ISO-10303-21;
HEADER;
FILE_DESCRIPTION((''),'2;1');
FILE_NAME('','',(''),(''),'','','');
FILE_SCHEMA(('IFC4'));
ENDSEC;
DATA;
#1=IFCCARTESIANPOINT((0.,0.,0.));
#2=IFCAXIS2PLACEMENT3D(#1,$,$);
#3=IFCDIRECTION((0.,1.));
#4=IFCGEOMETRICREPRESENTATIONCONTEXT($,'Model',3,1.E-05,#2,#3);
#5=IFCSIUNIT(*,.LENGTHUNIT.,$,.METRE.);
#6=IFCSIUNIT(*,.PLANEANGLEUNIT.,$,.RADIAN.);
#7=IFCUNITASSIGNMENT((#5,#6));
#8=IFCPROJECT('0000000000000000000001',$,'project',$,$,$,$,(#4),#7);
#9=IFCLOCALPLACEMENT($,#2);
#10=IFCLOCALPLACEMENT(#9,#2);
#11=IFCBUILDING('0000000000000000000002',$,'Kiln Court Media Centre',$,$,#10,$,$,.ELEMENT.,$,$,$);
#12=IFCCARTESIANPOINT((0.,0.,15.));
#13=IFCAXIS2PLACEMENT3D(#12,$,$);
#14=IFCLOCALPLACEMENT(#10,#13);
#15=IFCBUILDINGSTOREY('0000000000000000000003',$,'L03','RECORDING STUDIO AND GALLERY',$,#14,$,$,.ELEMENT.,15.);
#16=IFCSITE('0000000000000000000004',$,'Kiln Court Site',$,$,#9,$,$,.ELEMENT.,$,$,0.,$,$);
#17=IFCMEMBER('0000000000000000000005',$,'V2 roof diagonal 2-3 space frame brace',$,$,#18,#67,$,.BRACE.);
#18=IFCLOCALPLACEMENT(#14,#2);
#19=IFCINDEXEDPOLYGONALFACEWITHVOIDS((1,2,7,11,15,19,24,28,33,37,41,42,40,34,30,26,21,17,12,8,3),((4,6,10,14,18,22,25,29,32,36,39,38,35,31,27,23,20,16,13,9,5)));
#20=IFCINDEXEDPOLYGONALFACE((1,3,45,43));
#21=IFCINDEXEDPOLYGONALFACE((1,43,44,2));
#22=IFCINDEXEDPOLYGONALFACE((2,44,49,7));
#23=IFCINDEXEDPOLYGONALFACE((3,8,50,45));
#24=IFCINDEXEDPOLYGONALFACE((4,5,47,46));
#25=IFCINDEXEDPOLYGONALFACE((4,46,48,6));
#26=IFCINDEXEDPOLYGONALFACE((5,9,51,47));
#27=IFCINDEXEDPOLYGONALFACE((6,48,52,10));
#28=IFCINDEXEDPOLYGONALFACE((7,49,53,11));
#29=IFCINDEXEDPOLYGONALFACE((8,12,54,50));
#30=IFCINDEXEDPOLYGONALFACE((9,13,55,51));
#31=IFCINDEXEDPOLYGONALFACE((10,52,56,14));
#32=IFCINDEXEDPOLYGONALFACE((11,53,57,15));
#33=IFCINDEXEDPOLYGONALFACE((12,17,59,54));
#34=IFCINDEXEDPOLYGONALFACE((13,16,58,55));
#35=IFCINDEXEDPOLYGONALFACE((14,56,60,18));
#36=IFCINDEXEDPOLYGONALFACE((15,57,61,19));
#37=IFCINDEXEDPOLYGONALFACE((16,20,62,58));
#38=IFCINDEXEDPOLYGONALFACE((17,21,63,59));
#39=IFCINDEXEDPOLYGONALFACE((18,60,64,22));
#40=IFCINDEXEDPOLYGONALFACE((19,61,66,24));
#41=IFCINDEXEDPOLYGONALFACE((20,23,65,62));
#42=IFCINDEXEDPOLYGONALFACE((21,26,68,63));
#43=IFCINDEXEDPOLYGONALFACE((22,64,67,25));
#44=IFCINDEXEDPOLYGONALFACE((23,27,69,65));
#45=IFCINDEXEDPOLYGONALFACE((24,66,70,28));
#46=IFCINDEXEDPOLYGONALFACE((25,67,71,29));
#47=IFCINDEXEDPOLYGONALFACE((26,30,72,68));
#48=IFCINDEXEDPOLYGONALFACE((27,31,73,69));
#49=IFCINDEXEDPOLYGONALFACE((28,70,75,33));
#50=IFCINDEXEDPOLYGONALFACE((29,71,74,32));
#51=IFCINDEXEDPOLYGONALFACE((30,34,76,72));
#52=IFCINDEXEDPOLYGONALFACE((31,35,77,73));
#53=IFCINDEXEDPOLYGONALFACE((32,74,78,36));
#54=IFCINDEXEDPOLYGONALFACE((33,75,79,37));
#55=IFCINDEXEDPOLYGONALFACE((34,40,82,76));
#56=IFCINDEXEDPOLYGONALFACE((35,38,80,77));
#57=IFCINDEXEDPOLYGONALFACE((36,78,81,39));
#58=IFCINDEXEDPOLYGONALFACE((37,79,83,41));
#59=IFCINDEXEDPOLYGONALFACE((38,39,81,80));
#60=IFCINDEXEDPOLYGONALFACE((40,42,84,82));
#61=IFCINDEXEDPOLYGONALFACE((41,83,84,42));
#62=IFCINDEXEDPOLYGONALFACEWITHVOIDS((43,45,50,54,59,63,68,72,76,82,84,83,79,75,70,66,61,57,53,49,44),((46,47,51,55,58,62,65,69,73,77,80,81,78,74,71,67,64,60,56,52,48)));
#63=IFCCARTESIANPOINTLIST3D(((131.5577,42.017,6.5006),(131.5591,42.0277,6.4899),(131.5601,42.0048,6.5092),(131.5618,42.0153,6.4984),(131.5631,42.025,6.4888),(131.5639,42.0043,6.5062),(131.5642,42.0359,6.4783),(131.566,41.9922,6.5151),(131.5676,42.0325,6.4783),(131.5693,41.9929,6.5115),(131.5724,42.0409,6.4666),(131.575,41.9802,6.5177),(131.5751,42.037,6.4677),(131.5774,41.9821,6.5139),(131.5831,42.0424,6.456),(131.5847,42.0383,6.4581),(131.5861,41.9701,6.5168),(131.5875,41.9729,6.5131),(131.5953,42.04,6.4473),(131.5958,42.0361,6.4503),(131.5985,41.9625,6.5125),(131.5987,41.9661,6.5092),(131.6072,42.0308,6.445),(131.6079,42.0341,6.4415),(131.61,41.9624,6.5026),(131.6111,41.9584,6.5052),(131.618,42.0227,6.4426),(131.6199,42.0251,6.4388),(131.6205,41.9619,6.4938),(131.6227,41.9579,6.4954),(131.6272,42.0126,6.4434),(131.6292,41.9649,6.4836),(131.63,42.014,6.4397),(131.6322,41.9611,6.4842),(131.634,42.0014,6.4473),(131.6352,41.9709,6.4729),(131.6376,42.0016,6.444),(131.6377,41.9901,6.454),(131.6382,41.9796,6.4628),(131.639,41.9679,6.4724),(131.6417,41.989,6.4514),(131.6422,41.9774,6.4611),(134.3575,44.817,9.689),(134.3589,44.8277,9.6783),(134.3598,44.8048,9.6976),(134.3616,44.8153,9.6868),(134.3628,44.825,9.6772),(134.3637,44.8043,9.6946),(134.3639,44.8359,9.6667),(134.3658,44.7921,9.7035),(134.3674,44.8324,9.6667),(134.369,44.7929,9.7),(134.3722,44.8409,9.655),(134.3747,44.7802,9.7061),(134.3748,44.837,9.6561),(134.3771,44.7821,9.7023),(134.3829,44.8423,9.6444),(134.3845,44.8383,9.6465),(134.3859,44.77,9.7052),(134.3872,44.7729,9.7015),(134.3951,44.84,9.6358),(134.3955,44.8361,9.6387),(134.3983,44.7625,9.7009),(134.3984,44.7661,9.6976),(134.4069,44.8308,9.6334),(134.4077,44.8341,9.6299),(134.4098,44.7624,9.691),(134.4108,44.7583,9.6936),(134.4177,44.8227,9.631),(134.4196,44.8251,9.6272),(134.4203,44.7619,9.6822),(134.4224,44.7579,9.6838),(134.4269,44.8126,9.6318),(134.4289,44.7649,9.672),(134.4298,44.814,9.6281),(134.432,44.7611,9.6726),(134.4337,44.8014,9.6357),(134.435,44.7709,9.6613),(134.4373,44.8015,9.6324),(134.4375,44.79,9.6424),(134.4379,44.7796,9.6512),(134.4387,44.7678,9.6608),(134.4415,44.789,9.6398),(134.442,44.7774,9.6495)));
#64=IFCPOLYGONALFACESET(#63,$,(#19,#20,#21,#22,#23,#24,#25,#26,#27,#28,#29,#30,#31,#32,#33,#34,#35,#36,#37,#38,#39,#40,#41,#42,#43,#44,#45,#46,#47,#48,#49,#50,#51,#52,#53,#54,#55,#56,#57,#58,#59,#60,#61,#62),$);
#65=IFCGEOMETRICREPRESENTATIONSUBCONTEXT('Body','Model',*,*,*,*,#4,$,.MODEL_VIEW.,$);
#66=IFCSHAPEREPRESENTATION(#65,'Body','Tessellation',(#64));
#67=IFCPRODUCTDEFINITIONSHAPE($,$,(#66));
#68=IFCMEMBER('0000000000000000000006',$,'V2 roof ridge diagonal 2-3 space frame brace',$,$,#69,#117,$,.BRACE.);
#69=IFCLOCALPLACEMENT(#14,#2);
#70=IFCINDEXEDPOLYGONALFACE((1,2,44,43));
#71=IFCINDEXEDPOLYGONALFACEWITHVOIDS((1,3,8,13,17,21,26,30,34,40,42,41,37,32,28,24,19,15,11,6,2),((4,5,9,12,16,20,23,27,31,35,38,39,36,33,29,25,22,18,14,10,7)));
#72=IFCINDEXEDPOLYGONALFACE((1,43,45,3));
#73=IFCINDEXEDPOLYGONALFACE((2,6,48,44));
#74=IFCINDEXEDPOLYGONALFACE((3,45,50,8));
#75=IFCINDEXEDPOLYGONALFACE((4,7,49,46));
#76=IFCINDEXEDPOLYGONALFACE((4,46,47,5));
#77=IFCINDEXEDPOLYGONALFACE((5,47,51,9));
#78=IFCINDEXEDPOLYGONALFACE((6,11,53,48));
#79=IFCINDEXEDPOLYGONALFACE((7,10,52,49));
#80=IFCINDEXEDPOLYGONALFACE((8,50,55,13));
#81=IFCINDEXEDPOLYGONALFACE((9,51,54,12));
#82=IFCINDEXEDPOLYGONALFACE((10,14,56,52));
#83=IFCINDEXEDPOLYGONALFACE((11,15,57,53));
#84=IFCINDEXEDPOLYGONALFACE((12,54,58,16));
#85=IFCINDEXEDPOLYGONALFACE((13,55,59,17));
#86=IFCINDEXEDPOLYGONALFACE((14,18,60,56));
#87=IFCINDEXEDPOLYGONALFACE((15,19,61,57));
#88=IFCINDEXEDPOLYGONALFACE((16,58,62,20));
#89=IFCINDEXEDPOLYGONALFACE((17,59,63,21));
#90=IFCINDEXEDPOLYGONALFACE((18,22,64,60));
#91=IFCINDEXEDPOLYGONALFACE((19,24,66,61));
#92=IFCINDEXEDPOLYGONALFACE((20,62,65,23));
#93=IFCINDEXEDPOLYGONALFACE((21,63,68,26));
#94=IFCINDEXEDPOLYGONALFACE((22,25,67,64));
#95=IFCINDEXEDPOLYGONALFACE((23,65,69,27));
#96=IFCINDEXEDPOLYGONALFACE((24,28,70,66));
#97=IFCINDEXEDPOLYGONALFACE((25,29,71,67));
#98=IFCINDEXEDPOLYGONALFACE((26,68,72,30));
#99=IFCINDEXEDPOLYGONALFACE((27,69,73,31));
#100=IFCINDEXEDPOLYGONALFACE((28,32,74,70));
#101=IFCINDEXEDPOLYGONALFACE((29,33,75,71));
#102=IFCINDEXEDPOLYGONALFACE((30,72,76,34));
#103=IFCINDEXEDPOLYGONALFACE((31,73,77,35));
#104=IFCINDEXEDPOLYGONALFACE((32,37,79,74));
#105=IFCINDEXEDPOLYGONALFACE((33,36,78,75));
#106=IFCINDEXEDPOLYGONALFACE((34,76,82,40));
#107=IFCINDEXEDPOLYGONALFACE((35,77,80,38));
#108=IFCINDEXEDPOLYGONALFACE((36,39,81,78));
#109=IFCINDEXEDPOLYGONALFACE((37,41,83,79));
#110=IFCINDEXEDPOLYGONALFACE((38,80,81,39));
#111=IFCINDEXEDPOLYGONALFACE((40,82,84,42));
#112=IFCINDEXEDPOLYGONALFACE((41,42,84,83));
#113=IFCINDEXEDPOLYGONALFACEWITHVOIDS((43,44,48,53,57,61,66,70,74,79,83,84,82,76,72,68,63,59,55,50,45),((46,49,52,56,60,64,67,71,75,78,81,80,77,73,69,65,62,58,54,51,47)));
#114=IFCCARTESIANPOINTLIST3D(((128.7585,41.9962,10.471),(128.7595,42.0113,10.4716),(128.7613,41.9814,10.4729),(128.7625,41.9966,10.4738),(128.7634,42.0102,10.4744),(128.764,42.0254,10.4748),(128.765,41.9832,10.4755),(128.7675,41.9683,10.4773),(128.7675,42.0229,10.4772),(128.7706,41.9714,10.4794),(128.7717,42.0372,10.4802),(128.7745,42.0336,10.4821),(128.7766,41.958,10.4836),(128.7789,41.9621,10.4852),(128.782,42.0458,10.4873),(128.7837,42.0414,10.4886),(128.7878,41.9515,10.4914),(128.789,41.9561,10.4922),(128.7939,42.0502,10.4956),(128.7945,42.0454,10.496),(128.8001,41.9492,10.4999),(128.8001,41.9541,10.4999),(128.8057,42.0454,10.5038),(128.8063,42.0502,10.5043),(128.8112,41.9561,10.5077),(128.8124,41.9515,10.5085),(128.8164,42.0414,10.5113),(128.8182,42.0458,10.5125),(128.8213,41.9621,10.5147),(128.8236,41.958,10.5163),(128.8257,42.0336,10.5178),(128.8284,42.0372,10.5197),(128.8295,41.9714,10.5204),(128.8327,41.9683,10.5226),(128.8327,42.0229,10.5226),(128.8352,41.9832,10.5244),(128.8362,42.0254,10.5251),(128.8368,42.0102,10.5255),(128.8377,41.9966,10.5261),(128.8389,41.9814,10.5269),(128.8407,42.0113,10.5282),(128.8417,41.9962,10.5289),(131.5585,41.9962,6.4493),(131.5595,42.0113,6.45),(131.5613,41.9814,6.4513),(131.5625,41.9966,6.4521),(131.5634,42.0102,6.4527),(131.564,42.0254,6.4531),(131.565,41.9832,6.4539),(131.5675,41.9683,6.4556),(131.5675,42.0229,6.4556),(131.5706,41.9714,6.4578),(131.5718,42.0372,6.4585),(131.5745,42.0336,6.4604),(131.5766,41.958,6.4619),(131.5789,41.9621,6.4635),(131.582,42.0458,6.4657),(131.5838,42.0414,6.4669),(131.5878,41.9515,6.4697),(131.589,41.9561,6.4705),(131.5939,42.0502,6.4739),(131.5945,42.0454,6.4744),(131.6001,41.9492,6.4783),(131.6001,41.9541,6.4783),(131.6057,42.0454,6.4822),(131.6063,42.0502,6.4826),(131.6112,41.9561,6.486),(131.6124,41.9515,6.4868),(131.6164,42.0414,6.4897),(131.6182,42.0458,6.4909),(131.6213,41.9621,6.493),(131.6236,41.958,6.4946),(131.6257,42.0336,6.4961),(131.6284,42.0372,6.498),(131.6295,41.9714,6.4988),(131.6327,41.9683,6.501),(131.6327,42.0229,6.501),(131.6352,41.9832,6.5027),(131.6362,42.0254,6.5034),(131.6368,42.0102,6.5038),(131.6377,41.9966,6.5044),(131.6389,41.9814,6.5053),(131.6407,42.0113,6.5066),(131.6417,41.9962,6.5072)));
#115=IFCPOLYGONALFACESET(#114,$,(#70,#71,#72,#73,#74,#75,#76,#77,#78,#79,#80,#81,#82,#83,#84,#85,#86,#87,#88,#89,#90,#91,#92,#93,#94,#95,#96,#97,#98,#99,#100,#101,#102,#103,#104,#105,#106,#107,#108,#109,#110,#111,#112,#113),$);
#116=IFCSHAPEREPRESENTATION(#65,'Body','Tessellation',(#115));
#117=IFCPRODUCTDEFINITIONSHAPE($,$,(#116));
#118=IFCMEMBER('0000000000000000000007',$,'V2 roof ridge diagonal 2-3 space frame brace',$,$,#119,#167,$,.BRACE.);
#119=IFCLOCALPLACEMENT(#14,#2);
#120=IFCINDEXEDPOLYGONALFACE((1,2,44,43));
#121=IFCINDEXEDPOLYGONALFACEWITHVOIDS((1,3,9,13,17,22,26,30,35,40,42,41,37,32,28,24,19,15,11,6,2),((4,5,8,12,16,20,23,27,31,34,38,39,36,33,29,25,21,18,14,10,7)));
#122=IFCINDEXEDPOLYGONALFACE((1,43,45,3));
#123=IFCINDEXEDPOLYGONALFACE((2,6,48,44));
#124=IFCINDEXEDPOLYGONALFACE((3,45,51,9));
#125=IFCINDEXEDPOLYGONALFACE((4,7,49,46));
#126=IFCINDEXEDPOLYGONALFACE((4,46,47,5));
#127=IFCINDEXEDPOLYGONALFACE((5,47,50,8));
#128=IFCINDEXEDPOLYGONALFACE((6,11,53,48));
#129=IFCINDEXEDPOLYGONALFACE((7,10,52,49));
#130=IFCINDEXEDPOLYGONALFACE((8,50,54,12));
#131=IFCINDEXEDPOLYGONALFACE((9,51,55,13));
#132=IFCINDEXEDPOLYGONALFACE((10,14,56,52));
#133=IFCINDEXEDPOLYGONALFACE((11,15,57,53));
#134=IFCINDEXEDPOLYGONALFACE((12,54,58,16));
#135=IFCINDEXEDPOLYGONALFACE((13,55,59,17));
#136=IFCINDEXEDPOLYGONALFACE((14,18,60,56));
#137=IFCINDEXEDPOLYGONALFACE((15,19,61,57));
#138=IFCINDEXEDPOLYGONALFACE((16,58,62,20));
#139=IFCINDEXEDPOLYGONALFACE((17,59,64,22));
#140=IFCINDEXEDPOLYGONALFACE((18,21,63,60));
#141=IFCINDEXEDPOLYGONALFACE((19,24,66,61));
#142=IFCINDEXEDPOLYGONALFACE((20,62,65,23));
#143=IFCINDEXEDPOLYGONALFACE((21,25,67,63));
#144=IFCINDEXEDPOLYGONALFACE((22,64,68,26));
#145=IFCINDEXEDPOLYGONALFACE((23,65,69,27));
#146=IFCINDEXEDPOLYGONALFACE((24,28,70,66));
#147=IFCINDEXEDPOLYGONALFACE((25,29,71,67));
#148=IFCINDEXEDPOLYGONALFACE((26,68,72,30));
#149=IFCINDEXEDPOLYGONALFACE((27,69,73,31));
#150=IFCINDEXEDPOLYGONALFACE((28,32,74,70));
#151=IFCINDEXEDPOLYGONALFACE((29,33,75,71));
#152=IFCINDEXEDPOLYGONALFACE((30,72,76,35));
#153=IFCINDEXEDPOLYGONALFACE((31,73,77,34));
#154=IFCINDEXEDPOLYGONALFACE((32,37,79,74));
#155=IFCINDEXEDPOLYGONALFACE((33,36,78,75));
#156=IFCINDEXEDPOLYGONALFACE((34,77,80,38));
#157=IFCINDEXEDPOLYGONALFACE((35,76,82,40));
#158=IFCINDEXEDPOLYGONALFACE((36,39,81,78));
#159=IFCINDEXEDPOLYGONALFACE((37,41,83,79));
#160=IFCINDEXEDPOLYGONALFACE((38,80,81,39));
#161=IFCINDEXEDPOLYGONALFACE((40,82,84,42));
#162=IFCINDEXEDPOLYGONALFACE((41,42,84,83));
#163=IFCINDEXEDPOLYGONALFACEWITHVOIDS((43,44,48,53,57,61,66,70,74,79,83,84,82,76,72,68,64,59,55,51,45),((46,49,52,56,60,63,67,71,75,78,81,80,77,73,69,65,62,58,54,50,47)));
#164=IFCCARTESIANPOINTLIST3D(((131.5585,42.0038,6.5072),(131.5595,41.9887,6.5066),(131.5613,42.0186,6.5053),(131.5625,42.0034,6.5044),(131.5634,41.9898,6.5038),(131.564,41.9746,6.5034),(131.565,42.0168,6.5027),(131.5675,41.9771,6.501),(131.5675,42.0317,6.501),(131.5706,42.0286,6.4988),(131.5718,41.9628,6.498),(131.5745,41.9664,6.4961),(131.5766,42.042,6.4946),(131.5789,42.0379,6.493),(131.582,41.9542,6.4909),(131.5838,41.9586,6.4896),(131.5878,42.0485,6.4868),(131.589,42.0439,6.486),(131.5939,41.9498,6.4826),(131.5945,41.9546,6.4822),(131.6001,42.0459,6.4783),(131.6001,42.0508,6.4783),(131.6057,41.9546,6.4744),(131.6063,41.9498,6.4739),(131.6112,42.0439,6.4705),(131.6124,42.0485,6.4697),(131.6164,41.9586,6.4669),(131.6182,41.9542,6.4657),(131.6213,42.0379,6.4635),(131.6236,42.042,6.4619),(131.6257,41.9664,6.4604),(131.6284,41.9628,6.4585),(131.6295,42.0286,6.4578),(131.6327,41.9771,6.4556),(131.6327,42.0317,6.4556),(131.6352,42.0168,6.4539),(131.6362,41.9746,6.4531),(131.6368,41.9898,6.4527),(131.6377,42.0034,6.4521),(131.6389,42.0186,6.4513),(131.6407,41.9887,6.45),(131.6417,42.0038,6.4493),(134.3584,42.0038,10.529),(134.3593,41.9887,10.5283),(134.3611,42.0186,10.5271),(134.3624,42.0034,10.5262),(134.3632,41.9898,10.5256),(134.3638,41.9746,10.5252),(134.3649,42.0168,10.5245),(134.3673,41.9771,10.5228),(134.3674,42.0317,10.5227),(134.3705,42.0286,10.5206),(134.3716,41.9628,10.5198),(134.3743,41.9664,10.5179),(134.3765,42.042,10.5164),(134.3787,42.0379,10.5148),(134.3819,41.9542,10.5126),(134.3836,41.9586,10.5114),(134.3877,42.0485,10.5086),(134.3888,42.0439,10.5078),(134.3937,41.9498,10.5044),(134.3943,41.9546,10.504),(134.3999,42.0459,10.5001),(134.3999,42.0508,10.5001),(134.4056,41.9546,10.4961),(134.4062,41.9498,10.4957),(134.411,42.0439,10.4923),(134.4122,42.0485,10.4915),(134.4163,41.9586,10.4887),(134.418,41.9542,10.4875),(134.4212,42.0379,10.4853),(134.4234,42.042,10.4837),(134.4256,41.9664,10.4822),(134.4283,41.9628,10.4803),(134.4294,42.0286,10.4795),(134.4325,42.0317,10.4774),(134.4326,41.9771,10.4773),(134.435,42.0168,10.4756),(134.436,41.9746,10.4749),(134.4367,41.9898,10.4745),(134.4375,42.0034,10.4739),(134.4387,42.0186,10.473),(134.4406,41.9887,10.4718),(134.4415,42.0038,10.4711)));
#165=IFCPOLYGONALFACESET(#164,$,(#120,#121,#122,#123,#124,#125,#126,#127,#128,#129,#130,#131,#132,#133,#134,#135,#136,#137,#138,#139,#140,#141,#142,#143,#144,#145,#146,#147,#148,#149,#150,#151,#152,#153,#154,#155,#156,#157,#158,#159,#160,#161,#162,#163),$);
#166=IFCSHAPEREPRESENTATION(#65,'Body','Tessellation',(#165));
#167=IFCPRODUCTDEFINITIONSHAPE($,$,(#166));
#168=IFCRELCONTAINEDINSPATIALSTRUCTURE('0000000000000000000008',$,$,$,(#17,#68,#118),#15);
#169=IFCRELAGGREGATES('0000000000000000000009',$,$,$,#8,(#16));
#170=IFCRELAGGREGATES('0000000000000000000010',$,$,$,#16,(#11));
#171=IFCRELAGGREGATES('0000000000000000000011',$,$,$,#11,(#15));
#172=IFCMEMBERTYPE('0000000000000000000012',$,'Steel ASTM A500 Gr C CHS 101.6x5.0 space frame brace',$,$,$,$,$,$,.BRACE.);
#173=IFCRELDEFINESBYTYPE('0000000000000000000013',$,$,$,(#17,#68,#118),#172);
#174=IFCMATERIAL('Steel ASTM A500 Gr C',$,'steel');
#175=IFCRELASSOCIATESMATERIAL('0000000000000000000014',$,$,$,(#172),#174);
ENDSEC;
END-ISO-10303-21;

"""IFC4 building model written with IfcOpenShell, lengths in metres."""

from ifc_helpers import new_model, si_unit, direction, frame, origin, origin_2d, place, context, subcontext, project, spatial, hollow_circle, extrude, material, material_profile, profile_set, type_object, element, save


model = new_model("IFC4")

# Units and contexts
model_context = context("Model", 3, precision=1e-05, world=origin(), true_north=direction((0.0, 1.0)))
body_context = subcontext(model_context, "Body", "Model", "MODEL_VIEW")
ifc_project = project(units=[si_unit("LENGTHUNIT", "METRE"), si_unit("PLANEANGLEUNIT", "RADIAN")], contexts=[model_context])

# Site, building, storey
site_placement = place(None, origin())
site = spatial("IfcSite", under=ifc_project, at=site_placement, Name="Kiln Court Site", CompositionType="ELEMENT", RefElevation=0.0)
building_placement = place(site_placement, origin())
building = spatial("IfcBuilding", under=site, at=building_placement, Name="Kiln Court Media Centre", CompositionType="ELEMENT")
storey_placement = place(building_placement, frame((0.0, 0.0, 15.0)))
storey = spatial("IfcBuildingStorey", under=building, at=storey_placement, Name="L03", Description="RECORDING STUDIO AND GALLERY", CompositionType="ELEMENT", Elevation=15.0)

# Members
ifc_material_1 = material(Name="Steel ASTM A500 Gr C", Category="steel")
ifc_material_profile_1 = material_profile(ifc_material_1, hollow_circle(Radius=0.0508, WallThickness=0.0049, at=origin_2d()), Name="CHS 101.6x5.0")
ifc_profile_set_1 = profile_set([ifc_material_profile_1], Name="Steel ASTM A500 Gr C")
member_type_1 = type_object("IfcMemberType", Name="Steel ASTM A500 Gr C CHS 101.6x5.0 space frame brace", PredefinedType="BRACE", material=ifc_profile_set_1)
member_1_placement = place(storey_placement, frame((131.6001, 42.0, 6.4783), z_axis=(0.550725, 0.550773, 0.627177), x_axis=(-0.707138, 0.707076, 0.0)))
element("IfcMember", 1, at=member_1_placement, inside=storey, type_object=member_type_1, Name="V2 roof diagonal 2-3 space frame brace", PredefinedType="BRACE", context=body_context, shape_type="SweptSolid", body=[
    extrude(hollow_circle(Radius=0.0508, WallThickness=0.0049, at=origin_2d()), origin(), (0.0, 0.0, 1.0), 5.0837),
])
for number, where, z_axis, x_axis, name in (
    (2, (131.6001, 42.0, 6.4783), (-0.571384, 0.0, 0.820683), (0.0, -1.0, 0.0), "V2 roof ridge diagonal 2-3 space frame brace"),
    (3, (131.6001, 42.0, 6.4783), (0.571351, 0.0, 0.820706), (0.0, 1.0, 0.0), "V2 roof ridge diagonal 2-3 space frame brace"),
):
    element("IfcMember", number, at=place(storey_placement, frame(where, z_axis=z_axis, x_axis=x_axis)), inside=storey, type_object=member_type_1, Name=name, PredefinedType="BRACE", context=body_context, shape_type="SweptSolid", body=[
        extrude(hollow_circle(Radius=0.0508, WallThickness=0.0049, at=origin_2d()), origin(), (0.0, 0.0, 1.0), 4.9004),
    ])

save(model, "model.ifc")
